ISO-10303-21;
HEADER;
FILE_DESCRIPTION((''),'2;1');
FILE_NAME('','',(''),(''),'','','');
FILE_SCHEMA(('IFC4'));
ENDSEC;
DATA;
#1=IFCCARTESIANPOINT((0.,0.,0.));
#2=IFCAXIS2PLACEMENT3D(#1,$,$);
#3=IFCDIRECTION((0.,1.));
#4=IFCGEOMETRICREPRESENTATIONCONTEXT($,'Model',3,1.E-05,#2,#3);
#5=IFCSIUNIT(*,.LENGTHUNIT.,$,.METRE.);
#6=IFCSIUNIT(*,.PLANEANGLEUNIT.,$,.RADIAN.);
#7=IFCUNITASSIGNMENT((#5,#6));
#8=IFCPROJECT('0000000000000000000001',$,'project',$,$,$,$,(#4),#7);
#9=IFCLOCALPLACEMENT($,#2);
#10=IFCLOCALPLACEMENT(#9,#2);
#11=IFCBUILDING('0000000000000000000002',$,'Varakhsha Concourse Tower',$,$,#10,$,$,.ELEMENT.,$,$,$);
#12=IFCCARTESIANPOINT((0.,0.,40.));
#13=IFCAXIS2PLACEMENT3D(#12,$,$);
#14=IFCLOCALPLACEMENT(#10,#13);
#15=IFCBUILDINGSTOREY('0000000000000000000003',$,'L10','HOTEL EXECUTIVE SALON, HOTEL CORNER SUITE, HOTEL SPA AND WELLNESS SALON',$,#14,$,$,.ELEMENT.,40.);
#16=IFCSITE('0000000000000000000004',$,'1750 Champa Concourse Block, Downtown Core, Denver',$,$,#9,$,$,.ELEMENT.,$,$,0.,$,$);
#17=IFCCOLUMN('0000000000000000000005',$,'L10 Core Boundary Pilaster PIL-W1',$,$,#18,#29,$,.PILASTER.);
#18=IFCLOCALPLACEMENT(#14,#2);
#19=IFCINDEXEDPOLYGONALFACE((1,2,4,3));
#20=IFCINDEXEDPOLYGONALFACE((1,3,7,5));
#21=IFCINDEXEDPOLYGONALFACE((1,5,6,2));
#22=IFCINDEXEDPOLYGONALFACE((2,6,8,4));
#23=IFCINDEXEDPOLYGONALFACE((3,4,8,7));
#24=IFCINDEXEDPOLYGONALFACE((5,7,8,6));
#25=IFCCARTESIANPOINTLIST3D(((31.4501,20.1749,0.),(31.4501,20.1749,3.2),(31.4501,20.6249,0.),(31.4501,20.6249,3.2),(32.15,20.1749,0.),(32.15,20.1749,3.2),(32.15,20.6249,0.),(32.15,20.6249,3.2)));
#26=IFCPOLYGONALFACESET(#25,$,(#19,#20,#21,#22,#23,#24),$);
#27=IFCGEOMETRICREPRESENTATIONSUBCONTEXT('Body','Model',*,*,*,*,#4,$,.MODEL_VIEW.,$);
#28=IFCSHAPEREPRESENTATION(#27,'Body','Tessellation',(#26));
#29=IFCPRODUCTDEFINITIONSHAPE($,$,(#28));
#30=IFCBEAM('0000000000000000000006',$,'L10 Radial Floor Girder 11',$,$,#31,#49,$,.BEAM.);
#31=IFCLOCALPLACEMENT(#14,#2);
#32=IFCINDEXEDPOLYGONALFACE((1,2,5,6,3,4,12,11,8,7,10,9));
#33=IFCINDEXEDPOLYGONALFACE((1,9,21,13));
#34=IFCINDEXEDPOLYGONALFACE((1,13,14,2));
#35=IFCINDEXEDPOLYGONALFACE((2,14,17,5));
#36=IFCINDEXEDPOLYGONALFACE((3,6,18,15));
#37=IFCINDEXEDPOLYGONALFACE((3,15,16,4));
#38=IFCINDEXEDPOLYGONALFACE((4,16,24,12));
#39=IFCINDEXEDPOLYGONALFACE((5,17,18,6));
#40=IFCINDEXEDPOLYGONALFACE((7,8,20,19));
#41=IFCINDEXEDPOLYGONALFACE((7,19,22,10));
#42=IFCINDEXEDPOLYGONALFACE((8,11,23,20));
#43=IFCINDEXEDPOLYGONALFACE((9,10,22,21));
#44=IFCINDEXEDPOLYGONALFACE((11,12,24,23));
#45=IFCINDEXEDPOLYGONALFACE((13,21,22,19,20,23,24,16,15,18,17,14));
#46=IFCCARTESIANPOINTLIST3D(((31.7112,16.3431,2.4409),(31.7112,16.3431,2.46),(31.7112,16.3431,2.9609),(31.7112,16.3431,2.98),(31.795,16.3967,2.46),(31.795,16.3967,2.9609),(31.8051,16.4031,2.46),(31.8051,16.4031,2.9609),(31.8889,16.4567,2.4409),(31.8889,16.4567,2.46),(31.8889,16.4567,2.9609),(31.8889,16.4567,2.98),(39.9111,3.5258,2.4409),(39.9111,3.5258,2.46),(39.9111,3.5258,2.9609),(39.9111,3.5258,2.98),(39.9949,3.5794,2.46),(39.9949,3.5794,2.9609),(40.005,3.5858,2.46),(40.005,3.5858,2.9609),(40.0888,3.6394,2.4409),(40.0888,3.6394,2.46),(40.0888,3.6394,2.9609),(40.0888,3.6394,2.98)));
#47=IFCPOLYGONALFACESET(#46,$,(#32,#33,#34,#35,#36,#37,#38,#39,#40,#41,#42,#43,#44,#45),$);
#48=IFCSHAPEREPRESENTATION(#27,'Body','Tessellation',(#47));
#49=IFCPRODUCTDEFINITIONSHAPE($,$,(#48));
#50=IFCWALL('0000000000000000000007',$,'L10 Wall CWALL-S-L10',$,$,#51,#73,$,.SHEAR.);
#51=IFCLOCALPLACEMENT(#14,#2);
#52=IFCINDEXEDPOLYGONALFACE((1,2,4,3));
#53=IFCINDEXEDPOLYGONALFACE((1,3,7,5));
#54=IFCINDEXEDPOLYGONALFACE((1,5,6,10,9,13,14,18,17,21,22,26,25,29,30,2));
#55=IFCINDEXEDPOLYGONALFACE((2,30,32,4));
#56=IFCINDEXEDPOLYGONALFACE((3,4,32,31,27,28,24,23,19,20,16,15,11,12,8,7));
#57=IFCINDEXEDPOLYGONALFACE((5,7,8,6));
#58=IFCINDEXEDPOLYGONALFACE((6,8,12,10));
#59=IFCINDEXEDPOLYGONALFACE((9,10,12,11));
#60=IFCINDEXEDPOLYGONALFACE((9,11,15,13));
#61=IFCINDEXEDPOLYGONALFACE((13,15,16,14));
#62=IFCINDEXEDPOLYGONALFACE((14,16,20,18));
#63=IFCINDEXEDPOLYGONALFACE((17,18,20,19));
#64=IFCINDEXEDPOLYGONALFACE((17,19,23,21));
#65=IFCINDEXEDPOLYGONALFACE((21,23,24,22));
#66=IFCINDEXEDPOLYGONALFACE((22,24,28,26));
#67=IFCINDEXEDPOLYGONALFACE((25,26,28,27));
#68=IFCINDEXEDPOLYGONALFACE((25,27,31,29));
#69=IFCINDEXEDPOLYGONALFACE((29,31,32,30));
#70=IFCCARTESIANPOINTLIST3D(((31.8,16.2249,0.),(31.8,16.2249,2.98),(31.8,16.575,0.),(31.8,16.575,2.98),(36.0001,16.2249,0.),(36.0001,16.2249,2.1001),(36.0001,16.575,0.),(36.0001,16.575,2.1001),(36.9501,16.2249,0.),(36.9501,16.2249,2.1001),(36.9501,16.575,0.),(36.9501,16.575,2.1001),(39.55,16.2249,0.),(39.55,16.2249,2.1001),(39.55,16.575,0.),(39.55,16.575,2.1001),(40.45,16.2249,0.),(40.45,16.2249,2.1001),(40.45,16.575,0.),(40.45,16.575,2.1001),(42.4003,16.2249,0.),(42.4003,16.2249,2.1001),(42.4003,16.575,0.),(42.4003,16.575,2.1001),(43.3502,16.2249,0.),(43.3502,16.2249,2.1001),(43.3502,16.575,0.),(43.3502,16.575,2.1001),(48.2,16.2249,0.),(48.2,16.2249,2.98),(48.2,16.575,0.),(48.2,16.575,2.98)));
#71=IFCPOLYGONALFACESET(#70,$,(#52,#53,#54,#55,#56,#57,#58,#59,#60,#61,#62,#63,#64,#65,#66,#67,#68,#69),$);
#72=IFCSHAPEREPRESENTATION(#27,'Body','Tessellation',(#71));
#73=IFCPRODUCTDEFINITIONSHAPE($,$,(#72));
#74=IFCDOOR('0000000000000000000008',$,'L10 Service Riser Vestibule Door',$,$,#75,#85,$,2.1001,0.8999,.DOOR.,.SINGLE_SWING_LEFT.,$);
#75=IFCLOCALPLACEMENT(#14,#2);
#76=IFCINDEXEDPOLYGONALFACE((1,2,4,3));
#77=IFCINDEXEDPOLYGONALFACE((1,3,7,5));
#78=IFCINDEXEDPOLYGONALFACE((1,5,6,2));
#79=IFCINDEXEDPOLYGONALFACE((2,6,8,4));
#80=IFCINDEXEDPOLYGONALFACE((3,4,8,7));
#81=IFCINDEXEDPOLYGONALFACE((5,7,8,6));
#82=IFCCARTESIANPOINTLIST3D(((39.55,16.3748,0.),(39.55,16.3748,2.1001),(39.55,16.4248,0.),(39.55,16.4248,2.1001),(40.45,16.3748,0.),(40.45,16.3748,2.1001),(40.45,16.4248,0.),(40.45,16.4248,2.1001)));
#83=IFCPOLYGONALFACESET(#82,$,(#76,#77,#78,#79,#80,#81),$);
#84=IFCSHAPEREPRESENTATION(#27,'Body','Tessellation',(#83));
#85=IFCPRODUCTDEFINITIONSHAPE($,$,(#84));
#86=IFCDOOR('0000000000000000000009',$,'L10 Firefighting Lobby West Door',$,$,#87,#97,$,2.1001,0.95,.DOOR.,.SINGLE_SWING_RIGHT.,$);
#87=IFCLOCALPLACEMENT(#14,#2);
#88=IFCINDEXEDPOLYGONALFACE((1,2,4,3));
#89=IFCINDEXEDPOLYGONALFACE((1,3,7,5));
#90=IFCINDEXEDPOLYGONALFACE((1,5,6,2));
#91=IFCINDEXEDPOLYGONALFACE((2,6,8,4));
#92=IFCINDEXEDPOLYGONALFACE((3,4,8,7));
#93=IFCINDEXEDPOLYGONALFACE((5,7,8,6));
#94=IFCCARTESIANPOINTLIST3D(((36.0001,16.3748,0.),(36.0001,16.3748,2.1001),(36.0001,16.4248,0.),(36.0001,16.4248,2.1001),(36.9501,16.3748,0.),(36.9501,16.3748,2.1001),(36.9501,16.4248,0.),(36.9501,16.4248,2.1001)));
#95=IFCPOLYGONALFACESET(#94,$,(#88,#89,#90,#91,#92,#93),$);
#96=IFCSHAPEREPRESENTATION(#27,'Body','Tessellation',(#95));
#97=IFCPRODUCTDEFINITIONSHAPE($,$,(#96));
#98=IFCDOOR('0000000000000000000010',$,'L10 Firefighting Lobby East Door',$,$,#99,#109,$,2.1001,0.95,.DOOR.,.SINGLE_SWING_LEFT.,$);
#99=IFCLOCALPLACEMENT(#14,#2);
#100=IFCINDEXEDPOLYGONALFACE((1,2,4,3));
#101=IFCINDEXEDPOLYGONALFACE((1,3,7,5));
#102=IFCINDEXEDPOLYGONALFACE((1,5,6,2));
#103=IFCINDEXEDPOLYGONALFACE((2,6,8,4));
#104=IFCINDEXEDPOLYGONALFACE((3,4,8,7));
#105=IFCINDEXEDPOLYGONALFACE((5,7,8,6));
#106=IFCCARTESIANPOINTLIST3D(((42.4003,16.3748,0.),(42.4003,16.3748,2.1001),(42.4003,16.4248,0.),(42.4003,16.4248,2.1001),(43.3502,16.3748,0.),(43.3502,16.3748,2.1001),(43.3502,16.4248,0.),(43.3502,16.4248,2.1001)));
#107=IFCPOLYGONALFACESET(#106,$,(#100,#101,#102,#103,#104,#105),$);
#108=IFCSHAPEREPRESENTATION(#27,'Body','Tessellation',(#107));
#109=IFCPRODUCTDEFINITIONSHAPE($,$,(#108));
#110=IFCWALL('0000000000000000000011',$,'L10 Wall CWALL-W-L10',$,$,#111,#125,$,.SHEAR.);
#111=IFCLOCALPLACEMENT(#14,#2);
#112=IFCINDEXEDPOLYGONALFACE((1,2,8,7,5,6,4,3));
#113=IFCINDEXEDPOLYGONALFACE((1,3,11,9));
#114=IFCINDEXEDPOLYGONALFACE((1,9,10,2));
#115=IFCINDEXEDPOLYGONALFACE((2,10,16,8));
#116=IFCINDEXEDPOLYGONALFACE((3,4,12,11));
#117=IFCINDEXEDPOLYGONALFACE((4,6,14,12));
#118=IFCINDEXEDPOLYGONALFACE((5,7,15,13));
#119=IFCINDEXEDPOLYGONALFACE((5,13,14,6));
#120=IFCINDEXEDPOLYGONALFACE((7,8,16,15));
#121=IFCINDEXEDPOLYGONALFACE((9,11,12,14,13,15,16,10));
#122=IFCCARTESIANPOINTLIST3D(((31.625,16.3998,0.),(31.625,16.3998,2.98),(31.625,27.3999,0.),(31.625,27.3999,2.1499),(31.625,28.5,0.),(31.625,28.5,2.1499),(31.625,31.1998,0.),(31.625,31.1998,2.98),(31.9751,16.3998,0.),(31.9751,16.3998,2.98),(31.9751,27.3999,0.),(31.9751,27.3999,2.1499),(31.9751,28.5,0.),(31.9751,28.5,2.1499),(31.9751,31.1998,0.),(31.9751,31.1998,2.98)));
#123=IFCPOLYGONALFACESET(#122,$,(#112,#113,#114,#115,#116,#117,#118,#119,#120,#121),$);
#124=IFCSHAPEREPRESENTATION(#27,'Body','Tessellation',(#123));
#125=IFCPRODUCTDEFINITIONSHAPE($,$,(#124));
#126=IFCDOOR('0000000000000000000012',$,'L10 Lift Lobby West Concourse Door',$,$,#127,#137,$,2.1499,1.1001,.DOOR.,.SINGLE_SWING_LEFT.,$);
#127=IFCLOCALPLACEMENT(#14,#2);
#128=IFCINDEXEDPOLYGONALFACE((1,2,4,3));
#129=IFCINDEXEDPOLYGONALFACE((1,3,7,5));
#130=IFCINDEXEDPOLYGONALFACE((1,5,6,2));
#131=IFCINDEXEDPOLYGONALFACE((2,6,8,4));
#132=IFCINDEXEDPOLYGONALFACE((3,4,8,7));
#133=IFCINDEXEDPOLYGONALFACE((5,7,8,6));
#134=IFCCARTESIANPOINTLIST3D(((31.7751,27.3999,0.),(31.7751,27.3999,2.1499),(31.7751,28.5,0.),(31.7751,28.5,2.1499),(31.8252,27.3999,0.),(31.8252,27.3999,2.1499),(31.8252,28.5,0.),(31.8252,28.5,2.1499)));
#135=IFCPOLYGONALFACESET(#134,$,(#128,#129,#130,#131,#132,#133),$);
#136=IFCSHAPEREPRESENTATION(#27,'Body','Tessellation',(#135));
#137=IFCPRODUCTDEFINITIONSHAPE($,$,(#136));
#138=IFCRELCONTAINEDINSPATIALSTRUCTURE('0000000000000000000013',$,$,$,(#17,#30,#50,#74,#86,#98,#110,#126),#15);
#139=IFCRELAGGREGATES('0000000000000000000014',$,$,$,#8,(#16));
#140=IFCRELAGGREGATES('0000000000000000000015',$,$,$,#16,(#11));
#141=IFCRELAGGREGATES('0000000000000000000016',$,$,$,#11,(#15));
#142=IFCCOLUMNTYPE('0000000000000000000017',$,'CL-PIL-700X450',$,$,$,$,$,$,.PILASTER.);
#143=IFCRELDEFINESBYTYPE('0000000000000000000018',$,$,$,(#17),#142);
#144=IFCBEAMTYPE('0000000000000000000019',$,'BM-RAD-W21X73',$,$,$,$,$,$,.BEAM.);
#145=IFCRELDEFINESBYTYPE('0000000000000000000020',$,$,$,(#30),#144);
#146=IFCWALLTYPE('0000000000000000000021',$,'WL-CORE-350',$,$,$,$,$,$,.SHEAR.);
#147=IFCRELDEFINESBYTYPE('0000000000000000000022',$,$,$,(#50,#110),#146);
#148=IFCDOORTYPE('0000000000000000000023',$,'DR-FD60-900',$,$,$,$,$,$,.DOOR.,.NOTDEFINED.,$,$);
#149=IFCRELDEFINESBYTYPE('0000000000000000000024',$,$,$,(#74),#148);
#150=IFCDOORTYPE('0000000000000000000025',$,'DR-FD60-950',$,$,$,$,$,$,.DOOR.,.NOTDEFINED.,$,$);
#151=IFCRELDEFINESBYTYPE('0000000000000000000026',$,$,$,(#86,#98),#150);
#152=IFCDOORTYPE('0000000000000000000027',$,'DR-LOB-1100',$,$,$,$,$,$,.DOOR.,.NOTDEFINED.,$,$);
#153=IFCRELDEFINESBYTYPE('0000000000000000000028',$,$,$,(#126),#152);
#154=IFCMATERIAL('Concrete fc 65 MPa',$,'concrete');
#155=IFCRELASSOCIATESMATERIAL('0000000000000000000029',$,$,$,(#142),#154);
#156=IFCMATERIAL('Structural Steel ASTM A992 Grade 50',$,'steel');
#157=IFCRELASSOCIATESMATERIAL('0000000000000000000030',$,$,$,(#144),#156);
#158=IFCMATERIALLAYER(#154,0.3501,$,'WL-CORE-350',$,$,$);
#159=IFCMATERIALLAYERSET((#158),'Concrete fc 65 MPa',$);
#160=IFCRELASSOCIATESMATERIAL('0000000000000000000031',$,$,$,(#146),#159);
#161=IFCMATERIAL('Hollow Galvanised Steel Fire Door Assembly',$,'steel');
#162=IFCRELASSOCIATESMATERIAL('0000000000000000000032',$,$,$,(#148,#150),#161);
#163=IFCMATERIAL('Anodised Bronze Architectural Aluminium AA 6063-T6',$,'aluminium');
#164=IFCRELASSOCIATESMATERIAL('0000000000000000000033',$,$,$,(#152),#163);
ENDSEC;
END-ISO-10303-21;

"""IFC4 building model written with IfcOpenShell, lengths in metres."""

from ifc_helpers import new_model, si_unit, direction, frame, frame_2d, origin, origin_2d, place, context, subcontext, project, spatial, rectangle, i_section, extrude, material, layer, layer_set, material_profile, profile_set, type_object, element, fill, save


model = new_model("IFC4")

# Units and contexts
model_context = context("Model", 3, precision=1e-05, world=origin(), true_north=direction((0.0, 1.0)))
body_context = subcontext(model_context, "Body", "Model", "MODEL_VIEW")
ifc_project = project(units=[si_unit("LENGTHUNIT", "METRE"), si_unit("PLANEANGLEUNIT", "RADIAN")], contexts=[model_context])

# Site, building, storey
site_placement = place(None, origin())
site = spatial("IfcSite", under=ifc_project, at=site_placement, Name="1750 Champa Concourse Block, Downtown Core, Denver", CompositionType="ELEMENT", RefElevation=0.0)
building_placement = place(site_placement, origin())
building = spatial("IfcBuilding", under=site, at=building_placement, Name="Varakhsha Concourse Tower", CompositionType="ELEMENT")
storey_placement = place(building_placement, frame((0.0, 0.0, 40.0)))
storey = spatial("IfcBuildingStorey", under=building, at=storey_placement, Name="L10", Description="HOTEL EXECUTIVE SALON, HOTEL CORNER SUITE, HOTEL SPA AND WELLNESS SALON", CompositionType="ELEMENT", Elevation=40.0)

# Column
ifc_material_1 = material(Name="Concrete fc 65 MPa", Category="concrete")
ifc_material_profile_1 = material_profile(ifc_material_1, rectangle(XDim=0.7, YDim=0.45, at=origin_2d()), Name="RC 700x450")
ifc_profile_set_1 = profile_set([ifc_material_profile_1], Name="Concrete fc 65 MPa")
column_type = type_object("IfcColumnType", Name="CL-PIL-700X450", PredefinedType="PILASTER", material=ifc_profile_set_1)
column_placement = place(storey_placement, frame((31.8, 20.3999, 0.0), z_axis=(0.0, 0.0, 1.0), x_axis=(1.0, 0.0, 0.0)))
element("IfcColumn", 1, at=column_placement, inside=storey, type_object=column_type, Name="L10 Core Boundary Pilaster PIL-W1", PredefinedType="PILASTER", context=body_context, shape_type="SweptSolid", body=[
    extrude(rectangle(XDim=0.7, YDim=0.45, at=origin_2d()), origin(), (0.0, 0.0, 1.0), 3.2),
])

# Beam
ifc_material_2 = material(Name="Structural Steel ASTM A992 Grade 50", Category="steel")
ifc_material_profile_2 = material_profile(ifc_material_2, i_section(OverallWidth=0.2109, OverallDepth=0.5391, WebThickness=0.012, FlangeThickness=0.019, at=origin_2d()), Name="W21X73")
ifc_profile_set_2 = profile_set([ifc_material_profile_2], Name="Structural Steel ASTM A992 Grade 50")
beam_type = type_object("IfcBeamType", Name="BM-RAD-W21X73", PredefinedType="BEAM", material=ifc_profile_set_2)
beam_placement = place(storey_placement, frame((31.8, 16.3999, 2.7104), z_axis=(0.538906, -0.842366, 0.0), x_axis=(0.842366, 0.538906, 0.0)))
element("IfcBeam", 2, at=beam_placement, inside=storey, type_object=beam_type, Name="L10 Radial Floor Girder 11", PredefinedType="BEAM", context=body_context, shape_type="SweptSolid", body=[
    extrude(i_section(OverallWidth=0.2109, OverallDepth=0.5391, WebThickness=0.012, FlangeThickness=0.019, at=origin_2d()), origin(), (0.0, 0.0, 1.0), 15.2158),
])

# Wall, openings, doors
ifc_layer_1 = layer(ifc_material_1, 0.3501, Name="WL-CORE-350")
ifc_layer_set_1 = layer_set([ifc_layer_1], Name="Concrete fc 65 MPa")
wall_type_1 = type_object("IfcWallType", Name="WL-CORE-350", PredefinedType="SHEAR", material=ifc_layer_set_1)
wall_1_placement = place(storey_placement, frame((31.8, 16.3999, 0.0), z_axis=(0.0, 0.0, 1.0), x_axis=(1.0, 0.0, 0.0)))
wall_1 = element("IfcWall", 3, at=wall_1_placement, inside=storey, type_object=wall_type_1, Name="L10 Wall CWALL-S-L10", PredefinedType="SHEAR", context=body_context, shape_type="SweptSolid", body=[
    extrude(rectangle(XDim=16.3999, YDim=0.3501, at=frame_2d((8.2, 0.0))), origin(), (0.0, 0.0, 1.0), 2.98),
])
opening_1_placement = place(wall_1_placement, frame((7.75, 0.0, 0.0)))
opening_1 = element("IfcOpeningElement", 4, at=opening_1_placement, cuts=wall_1, PredefinedType="OPENING", context=body_context, shape_type="SweptSolid", body=[
    extrude(rectangle(XDim=0.8999, YDim=2.1001, at=frame_2d((0.45, 1.05))), frame((0.0, 0.1851, 0.0), z_axis=(0.0, -1.0, 0.0), x_axis=(1.0, 0.0, 0.0)), (0.0, 0.0, 1.0), 0.3701),
])
opening_2_placement = place(wall_1_placement, frame((4.2, 0.0, 0.0)))
opening_2 = element("IfcOpeningElement", 5, at=opening_2_placement, cuts=wall_1, PredefinedType="OPENING", context=body_context, shape_type="SweptSolid", body=[
    extrude(rectangle(XDim=0.95, YDim=2.1001, at=frame_2d((0.4751, 1.05))), frame((0.0, 0.1851, 0.0), z_axis=(0.0, -1.0, 0.0), x_axis=(1.0, 0.0, 0.0)), (0.0, 0.0, 1.0), 0.3701),
])
opening_3_placement = place(wall_1_placement, frame((10.6001, 0.0, 0.0)))
opening_3 = element("IfcOpeningElement", 6, at=opening_3_placement, cuts=wall_1, PredefinedType="OPENING", context=body_context, shape_type="SweptSolid", body=[
    extrude(rectangle(XDim=0.95, YDim=2.1001, at=frame_2d((0.4751, 1.05))), frame((0.0, 0.1851, 0.0), z_axis=(0.0, -1.0, 0.0), x_axis=(1.0, 0.0, 0.0)), (0.0, 0.0, 1.0), 0.3701),
])
ifc_material_3 = material(Name="Hollow Galvanised Steel Fire Door Assembly", Category="steel")
door_type_1 = type_object("IfcDoorType", Name="DR-FD60-900", OperationType="NOTDEFINED", PredefinedType="DOOR", material=ifc_material_3)
door_1_placement = place(opening_1_placement, origin())
door_1 = element("IfcDoor", 7, at=door_1_placement, inside=storey, type_object=door_type_1, Name="L10 Service Riser Vestibule Door", OperationType="SINGLE_SWING_LEFT", OverallHeight=2.1001, OverallWidth=0.8999, PredefinedType="DOOR", context=body_context, shape_type="SweptSolid", body=[
    extrude(rectangle(XDim=0.8999, YDim=2.1001, at=frame_2d((0.45, 1.05))), frame((0.0, 0.0249, 0.0), z_axis=(0.0, -1.0, 0.0), x_axis=(1.0, 0.0, 0.0)), (0.0, 0.0, 1.0), 0.05),
])
fill(opening_1, door_1)
door_type_2 = type_object("IfcDoorType", Name="DR-FD60-950", OperationType="NOTDEFINED", PredefinedType="DOOR", material=ifc_material_3)
door_2_placement = place(opening_2_placement, origin())
door_2 = element("IfcDoor", 8, at=door_2_placement, inside=storey, type_object=door_type_2, Name="L10 Firefighting Lobby West Door", OperationType="SINGLE_SWING_RIGHT", OverallHeight=2.1001, OverallWidth=0.95, PredefinedType="DOOR", context=body_context, shape_type="SweptSolid", body=[
    extrude(rectangle(XDim=0.95, YDim=2.1001, at=frame_2d((0.4751, 1.05))), frame((0.0, 0.0249, 0.0), z_axis=(0.0, -1.0, 0.0), x_axis=(1.0, 0.0, 0.0)), (0.0, 0.0, 1.0), 0.05),
])
fill(opening_2, door_2)
door_3_placement = place(opening_3_placement, origin())
door_3 = element("IfcDoor", 9, at=door_3_placement, inside=storey, type_object=door_type_2, Name="L10 Firefighting Lobby East Door", OperationType="SINGLE_SWING_LEFT", OverallHeight=2.1001, OverallWidth=0.95, PredefinedType="DOOR", context=body_context, shape_type="SweptSolid", body=[
    extrude(rectangle(XDim=0.95, YDim=2.1001, at=frame_2d((0.4751, 1.05))), frame((0.0, 0.0249, 0.0), z_axis=(0.0, -1.0, 0.0), x_axis=(1.0, 0.0, 0.0)), (0.0, 0.0, 1.0), 0.05),
])
fill(opening_3, door_3)

# Wall, opening, door
wall_2_placement = place(storey_placement, frame((31.8, 16.3999, 0.0), z_axis=(0.0, 0.0, 1.0), x_axis=(0.0, 1.0, 0.0)))
wall_2 = element("IfcWall", 10, at=wall_2_placement, inside=storey, type_object=wall_type_1, Name="L10 Wall CWALL-W-L10", PredefinedType="SHEAR", context=body_context, shape_type="SweptSolid", body=[
    extrude(rectangle(XDim=14.8, YDim=0.3501, at=frame_2d((7.3999, 0.0))), origin(), (0.0, 0.0, 1.0), 2.98),
])
opening_4_placement = place(wall_2_placement, frame((11.0, 0.0, 0.0)))
opening_4 = element("IfcOpeningElement", 11, at=opening_4_placement, cuts=wall_2, PredefinedType="OPENING", context=body_context, shape_type="SweptSolid", body=[
    extrude(rectangle(XDim=1.1001, YDim=2.1499, at=frame_2d((0.55, 1.075))), frame((0.0, 0.1851, 0.0), z_axis=(0.0, -1.0, 0.0), x_axis=(1.0, 0.0, 0.0)), (0.0, 0.0, 1.0), 0.3701),
])
ifc_material_4 = material(Name="Anodised Bronze Architectural Aluminium AA 6063-T6", Category="aluminium")
door_type_3 = type_object("IfcDoorType", Name="DR-LOB-1100", OperationType="NOTDEFINED", PredefinedType="DOOR", material=ifc_material_4)
door_4_placement = place(opening_4_placement, origin())
door_4 = element("IfcDoor", 12, at=door_4_placement, inside=storey, type_object=door_type_3, Name="L10 Lift Lobby West Concourse Door", OperationType="SINGLE_SWING_LEFT", OverallHeight=2.1499, OverallWidth=1.1001, PredefinedType="DOOR", context=body_context, shape_type="SweptSolid", body=[
    extrude(rectangle(XDim=1.1001, YDim=2.1499, at=frame_2d((0.55, 1.075))), frame((0.0, 0.0249, 0.0), z_axis=(0.0, -1.0, 0.0), x_axis=(1.0, 0.0, 0.0)), (0.0, 0.0, 1.0), 0.05),
])
fill(opening_4, door_4)

save(model, "model.ifc")
